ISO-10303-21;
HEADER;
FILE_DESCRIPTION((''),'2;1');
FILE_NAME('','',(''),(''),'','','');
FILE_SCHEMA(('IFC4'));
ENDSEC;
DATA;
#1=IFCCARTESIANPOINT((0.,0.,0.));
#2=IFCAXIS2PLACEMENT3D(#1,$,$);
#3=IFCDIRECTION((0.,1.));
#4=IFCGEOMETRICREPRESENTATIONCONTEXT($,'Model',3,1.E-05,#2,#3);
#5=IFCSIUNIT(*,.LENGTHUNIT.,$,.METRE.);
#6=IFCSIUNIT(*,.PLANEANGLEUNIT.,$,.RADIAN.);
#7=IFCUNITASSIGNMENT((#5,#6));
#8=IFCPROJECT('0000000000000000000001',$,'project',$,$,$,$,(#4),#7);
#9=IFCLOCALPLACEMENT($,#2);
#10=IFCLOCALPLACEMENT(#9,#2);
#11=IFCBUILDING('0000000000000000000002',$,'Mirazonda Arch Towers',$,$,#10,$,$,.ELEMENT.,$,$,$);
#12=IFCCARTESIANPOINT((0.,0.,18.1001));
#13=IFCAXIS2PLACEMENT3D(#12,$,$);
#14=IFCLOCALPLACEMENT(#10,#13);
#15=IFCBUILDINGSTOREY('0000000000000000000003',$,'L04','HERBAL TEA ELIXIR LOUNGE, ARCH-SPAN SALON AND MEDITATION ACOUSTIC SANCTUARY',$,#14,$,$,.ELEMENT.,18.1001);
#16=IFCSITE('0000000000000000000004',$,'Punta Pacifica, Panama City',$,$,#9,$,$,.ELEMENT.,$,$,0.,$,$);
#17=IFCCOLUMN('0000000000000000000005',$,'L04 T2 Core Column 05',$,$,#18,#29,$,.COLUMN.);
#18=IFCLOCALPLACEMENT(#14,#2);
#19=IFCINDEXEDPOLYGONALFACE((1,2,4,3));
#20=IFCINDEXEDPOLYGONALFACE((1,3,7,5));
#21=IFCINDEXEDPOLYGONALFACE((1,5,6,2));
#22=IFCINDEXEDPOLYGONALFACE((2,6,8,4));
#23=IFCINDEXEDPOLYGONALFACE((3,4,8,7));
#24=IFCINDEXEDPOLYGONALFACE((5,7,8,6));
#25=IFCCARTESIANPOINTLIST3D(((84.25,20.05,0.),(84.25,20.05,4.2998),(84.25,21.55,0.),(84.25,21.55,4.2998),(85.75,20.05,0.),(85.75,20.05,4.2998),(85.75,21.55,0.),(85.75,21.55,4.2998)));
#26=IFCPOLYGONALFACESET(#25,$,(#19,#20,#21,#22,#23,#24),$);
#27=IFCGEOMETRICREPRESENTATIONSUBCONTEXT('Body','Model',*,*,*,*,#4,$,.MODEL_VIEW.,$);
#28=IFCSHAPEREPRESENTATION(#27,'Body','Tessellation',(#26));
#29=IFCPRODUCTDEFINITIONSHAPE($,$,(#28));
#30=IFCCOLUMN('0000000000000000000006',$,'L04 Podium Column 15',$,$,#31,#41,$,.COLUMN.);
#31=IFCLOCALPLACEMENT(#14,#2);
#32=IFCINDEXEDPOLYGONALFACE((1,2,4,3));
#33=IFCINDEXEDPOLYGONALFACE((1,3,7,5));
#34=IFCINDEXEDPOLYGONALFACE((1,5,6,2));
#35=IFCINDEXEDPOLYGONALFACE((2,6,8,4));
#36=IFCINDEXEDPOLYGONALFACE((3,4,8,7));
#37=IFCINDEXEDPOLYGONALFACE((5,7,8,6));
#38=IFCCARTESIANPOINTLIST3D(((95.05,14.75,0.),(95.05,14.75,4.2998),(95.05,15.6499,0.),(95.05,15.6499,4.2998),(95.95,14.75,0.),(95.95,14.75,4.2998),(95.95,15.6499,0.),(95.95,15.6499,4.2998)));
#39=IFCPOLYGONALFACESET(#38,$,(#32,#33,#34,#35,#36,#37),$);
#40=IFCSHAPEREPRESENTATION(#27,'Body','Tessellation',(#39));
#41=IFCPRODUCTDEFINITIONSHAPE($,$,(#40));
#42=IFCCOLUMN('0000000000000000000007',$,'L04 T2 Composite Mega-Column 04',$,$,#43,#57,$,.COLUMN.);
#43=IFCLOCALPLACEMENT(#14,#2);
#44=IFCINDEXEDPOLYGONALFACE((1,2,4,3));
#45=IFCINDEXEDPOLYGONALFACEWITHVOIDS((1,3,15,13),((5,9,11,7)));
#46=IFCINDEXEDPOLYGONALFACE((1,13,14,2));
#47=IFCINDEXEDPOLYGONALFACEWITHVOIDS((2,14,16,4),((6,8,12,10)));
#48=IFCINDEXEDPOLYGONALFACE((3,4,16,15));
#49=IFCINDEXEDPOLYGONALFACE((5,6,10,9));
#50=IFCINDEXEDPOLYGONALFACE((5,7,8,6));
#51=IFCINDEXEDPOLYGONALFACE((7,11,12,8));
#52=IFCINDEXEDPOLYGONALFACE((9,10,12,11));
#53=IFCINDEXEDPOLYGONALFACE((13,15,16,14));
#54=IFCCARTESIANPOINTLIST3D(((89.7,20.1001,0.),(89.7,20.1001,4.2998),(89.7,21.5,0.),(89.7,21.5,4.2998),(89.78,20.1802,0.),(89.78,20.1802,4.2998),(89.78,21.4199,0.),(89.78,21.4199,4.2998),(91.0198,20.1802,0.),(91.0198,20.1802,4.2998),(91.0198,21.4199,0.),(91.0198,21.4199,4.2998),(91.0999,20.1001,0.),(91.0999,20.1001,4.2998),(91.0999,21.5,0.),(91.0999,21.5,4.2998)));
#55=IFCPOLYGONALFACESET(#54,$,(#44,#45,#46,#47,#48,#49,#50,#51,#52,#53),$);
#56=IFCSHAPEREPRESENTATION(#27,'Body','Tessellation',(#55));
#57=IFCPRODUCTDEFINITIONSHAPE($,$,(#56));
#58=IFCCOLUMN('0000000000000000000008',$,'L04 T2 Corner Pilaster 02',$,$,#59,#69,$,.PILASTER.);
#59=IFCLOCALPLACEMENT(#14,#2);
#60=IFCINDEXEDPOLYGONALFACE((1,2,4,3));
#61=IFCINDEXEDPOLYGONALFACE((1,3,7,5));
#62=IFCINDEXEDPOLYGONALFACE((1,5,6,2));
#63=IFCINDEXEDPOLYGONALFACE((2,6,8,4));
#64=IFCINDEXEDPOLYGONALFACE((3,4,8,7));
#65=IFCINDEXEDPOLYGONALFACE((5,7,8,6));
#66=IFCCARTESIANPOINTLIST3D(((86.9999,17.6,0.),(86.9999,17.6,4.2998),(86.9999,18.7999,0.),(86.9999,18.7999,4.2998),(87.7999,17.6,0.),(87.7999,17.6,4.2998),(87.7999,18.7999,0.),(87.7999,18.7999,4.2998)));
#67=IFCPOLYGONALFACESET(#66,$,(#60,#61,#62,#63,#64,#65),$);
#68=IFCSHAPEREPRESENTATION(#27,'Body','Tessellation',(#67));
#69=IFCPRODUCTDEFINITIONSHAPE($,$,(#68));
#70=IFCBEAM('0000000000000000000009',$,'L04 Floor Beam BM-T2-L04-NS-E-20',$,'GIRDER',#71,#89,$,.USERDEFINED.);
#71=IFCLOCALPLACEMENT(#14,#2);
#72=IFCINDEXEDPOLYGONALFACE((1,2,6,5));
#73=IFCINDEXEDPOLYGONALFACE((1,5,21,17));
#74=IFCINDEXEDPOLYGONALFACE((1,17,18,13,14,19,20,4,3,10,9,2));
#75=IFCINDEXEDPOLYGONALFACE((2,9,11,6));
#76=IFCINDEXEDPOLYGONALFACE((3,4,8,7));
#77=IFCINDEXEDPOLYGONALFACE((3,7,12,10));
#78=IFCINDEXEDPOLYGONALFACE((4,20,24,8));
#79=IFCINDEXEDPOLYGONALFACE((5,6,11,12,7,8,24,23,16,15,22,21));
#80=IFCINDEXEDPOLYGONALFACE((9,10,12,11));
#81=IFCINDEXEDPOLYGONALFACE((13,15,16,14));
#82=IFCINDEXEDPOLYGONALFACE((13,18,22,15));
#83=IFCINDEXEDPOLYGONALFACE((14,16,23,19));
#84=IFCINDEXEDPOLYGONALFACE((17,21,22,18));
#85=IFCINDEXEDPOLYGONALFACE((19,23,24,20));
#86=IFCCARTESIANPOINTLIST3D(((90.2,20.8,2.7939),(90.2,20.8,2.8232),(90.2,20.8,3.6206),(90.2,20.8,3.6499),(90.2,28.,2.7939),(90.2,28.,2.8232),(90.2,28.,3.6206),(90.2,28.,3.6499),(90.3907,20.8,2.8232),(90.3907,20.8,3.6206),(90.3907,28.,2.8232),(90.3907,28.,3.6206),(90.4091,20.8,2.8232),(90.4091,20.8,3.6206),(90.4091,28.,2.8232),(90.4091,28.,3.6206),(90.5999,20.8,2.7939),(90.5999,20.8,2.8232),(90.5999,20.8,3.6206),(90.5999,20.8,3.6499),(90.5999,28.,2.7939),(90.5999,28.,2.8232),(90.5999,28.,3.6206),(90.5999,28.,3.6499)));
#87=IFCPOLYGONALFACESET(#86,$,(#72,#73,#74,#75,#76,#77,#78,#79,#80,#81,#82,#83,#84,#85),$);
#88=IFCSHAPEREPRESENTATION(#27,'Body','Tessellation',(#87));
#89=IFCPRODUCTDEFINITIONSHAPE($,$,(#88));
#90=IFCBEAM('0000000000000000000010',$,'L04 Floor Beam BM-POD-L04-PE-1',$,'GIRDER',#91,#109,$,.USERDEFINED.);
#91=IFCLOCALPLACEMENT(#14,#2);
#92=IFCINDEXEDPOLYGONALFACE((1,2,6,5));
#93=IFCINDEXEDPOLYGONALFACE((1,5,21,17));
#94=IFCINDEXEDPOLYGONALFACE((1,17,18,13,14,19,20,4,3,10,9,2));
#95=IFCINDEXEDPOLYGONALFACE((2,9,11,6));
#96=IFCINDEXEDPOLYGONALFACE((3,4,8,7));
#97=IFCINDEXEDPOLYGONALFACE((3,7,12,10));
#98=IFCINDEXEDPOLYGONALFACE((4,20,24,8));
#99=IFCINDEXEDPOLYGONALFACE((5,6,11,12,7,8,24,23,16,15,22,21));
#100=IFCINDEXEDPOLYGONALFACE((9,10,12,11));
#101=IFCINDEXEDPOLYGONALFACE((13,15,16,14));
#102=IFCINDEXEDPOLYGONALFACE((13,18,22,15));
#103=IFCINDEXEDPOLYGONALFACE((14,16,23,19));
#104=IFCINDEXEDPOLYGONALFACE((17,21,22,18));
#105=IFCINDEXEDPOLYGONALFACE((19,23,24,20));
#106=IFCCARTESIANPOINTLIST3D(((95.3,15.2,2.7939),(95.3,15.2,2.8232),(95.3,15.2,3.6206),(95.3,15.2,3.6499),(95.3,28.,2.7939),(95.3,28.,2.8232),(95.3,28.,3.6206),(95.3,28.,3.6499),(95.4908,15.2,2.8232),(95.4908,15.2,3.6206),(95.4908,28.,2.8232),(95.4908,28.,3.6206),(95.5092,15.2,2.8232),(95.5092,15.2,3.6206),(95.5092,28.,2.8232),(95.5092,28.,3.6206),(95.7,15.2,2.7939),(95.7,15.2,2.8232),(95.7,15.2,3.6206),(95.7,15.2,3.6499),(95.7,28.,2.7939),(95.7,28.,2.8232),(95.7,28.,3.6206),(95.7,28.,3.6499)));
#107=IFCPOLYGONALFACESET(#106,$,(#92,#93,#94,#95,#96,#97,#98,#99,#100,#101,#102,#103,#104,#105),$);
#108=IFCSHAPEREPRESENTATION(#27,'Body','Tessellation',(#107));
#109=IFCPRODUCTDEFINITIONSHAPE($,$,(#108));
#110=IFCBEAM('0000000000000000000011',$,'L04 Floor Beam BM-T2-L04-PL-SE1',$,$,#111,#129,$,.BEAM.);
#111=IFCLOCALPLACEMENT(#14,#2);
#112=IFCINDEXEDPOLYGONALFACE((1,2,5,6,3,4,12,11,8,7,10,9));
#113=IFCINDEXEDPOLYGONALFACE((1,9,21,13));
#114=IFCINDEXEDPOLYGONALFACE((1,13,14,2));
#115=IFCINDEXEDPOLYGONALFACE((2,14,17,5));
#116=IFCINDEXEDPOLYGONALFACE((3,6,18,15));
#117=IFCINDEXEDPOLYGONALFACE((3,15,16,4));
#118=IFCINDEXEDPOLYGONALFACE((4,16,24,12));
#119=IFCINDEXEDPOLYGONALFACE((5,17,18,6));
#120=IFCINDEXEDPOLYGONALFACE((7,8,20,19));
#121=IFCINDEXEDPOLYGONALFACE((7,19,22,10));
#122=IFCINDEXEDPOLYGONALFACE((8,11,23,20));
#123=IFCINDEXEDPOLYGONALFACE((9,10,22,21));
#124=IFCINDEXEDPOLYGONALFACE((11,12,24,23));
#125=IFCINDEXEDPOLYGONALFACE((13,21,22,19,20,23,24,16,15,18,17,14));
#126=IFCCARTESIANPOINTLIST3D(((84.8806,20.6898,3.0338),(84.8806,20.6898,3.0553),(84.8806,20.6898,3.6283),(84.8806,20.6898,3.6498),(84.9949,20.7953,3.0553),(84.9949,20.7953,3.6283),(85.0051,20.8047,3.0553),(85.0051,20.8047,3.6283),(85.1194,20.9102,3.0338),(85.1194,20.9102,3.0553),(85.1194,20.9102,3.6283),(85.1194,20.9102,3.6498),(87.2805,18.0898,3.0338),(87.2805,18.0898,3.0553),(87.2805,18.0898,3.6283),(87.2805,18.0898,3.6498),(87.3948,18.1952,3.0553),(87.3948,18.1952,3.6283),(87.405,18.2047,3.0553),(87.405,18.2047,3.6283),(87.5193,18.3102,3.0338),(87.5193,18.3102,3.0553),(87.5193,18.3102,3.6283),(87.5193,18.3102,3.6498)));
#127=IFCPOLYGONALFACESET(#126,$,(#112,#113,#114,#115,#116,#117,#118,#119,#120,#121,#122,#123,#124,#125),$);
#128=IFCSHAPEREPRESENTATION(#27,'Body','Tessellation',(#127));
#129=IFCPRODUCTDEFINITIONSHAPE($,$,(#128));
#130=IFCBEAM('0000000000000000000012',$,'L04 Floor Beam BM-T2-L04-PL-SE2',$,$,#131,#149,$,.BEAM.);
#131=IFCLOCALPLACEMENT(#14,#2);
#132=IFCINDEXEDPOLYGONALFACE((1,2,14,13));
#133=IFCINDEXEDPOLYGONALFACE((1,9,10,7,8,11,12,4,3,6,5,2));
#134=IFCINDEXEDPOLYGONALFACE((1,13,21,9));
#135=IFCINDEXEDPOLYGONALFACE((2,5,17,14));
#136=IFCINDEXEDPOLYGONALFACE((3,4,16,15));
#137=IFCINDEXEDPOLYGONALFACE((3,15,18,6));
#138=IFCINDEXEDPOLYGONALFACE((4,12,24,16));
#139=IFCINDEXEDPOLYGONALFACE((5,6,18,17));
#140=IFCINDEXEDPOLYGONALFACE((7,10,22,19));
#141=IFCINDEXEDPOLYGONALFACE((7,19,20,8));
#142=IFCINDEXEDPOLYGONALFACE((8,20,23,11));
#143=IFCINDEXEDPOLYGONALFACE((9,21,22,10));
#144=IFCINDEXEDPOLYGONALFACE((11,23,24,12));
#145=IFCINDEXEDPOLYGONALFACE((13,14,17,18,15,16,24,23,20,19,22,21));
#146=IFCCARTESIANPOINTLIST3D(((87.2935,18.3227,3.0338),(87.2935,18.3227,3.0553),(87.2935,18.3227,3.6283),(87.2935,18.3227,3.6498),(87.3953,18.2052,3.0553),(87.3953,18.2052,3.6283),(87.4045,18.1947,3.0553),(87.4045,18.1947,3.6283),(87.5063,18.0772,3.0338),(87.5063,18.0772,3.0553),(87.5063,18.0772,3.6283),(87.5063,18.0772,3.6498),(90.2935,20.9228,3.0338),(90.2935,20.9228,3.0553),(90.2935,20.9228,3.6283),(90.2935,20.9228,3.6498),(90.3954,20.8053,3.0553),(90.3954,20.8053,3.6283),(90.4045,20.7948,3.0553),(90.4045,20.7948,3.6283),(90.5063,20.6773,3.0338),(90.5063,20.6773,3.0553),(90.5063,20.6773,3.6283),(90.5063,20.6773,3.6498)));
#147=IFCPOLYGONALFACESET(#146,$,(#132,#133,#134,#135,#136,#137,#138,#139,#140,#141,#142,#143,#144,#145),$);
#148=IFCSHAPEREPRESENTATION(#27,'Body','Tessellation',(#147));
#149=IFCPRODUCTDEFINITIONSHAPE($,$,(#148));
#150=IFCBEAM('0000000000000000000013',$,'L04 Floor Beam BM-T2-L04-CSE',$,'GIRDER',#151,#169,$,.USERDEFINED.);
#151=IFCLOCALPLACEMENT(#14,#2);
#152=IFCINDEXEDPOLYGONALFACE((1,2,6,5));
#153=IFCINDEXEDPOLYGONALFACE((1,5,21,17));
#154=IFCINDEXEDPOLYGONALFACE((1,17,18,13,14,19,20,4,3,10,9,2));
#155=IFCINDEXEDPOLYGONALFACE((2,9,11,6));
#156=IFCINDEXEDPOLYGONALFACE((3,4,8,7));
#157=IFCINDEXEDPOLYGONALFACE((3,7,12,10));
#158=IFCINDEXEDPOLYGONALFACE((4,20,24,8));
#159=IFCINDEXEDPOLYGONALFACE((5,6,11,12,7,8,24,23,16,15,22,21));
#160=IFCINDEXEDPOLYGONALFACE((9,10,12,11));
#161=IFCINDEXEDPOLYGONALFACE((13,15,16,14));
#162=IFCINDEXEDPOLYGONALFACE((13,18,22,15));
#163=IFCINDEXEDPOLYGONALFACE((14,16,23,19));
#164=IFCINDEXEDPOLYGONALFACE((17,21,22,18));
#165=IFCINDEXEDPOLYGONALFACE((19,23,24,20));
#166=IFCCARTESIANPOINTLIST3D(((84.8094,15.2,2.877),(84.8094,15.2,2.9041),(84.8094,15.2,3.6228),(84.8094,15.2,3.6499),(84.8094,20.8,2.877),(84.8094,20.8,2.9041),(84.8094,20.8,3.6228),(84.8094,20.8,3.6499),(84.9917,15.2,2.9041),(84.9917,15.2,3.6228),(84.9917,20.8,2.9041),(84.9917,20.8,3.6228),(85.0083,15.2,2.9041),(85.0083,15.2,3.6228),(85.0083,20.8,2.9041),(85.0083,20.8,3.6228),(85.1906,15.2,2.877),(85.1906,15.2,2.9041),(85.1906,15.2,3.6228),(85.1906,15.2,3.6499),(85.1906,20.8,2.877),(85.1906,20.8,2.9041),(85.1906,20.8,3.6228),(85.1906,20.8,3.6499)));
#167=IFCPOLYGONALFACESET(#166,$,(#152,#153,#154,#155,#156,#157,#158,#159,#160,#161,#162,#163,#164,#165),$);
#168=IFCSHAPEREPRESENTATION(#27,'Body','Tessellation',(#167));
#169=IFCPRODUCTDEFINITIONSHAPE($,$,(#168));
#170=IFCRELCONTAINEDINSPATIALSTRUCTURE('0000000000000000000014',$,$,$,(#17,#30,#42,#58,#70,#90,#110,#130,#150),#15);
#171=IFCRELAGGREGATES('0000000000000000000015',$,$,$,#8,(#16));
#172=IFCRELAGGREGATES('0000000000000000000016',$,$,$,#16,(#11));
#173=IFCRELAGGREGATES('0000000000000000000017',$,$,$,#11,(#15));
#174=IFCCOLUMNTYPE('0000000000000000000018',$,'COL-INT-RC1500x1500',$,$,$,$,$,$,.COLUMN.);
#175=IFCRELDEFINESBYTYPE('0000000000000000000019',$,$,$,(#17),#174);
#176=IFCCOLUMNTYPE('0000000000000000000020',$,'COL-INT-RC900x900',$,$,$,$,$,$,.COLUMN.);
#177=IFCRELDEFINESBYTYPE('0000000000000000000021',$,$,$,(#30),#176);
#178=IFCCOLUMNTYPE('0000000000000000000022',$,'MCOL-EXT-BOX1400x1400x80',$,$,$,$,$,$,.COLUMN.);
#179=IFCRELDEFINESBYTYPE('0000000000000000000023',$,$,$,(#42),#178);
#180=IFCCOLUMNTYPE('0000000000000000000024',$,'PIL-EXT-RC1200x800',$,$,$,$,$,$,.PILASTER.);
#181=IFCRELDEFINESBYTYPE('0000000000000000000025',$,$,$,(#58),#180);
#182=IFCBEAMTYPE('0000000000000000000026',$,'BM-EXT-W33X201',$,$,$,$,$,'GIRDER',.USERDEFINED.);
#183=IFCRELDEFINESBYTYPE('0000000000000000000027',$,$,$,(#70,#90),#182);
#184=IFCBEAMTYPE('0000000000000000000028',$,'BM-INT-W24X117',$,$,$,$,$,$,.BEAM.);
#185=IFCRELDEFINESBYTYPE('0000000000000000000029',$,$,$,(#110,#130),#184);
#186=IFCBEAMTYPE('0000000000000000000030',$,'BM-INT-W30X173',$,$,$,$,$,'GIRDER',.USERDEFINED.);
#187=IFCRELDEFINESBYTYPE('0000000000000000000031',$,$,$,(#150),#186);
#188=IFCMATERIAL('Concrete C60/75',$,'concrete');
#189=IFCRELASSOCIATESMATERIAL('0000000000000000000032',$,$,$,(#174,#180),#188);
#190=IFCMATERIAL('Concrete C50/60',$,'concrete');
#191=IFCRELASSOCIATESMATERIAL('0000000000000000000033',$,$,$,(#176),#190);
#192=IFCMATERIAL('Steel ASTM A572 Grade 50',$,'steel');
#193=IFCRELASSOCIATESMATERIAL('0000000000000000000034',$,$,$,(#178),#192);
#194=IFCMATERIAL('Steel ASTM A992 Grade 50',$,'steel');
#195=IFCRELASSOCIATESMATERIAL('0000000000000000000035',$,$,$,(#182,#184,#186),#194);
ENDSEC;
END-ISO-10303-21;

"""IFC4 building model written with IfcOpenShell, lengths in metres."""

from ifc_helpers import new_model, si_unit, direction, frame, origin, origin_2d, place, context, subcontext, project, spatial, rectangle, hollow_rectangle, i_section, extrude, material, material_profile, profile_set, type_object, element, save


model = new_model("IFC4")

# Units and contexts
model_context = context("Model", 3, precision=1e-05, world=origin(), true_north=direction((0.0, 1.0)))
body_context = subcontext(model_context, "Body", "Model", "MODEL_VIEW")
ifc_project = project(units=[si_unit("LENGTHUNIT", "METRE"), si_unit("PLANEANGLEUNIT", "RADIAN")], contexts=[model_context])

# Site, building, storey
site_placement = place(None, origin())
site = spatial("IfcSite", under=ifc_project, at=site_placement, Name="Punta Pacifica, Panama City", CompositionType="ELEMENT", RefElevation=0.0)
building_placement = place(site_placement, origin())
building = spatial("IfcBuilding", under=site, at=building_placement, Name="Mirazonda Arch Towers", CompositionType="ELEMENT")
storey_placement = place(building_placement, frame((0.0, 0.0, 18.1001)))
storey = spatial("IfcBuildingStorey", under=building, at=storey_placement, Name="L04", Description="HERBAL TEA ELIXIR LOUNGE, ARCH-SPAN SALON AND MEDITATION ACOUSTIC SANCTUARY", CompositionType="ELEMENT", Elevation=18.1001)

# Columns
ifc_material_1 = material(Name="Concrete C60/75", Category="concrete")
ifc_material_profile_1 = material_profile(ifc_material_1, rectangle(XDim=1.5, YDim=1.5, at=origin_2d()), Name="RC1500x1500")
ifc_profile_set_1 = profile_set([ifc_material_profile_1], Name="Concrete C60/75")
column_type_1 = type_object("IfcColumnType", Name="COL-INT-RC1500x1500", PredefinedType="COLUMN", material=ifc_profile_set_1)
column_1_placement = place(storey_placement, frame((85.0, 20.8, 0.0), z_axis=(0.0, 0.0, 1.0), x_axis=(1.0, 0.0, 0.0)))
element("IfcColumn", 1, at=column_1_placement, inside=storey, type_object=column_type_1, Name="L04 T2 Core Column 05", PredefinedType="COLUMN", context=body_context, shape_type="SweptSolid", body=[
    extrude(rectangle(XDim=1.5, YDim=1.5, at=origin_2d()), origin(), (0.0, 0.0, 1.0), 4.2998),
])
ifc_material_2 = material(Name="Concrete C50/60", Category="concrete")
ifc_material_profile_2 = material_profile(ifc_material_2, rectangle(XDim=0.8999, YDim=0.8999, at=origin_2d()), Name="RC900x900")
ifc_profile_set_2 = profile_set([ifc_material_profile_2], Name="Concrete C50/60")
column_type_2 = type_object("IfcColumnType", Name="COL-INT-RC900x900", PredefinedType="COLUMN", material=ifc_profile_set_2)
column_2_placement = place(storey_placement, frame((95.5, 15.2, 0.0), z_axis=(0.0, 0.0, 1.0), x_axis=(1.0, 0.0, 0.0)))
element("IfcColumn", 2, at=column_2_placement, inside=storey, type_object=column_type_2, Name="L04 Podium Column 15", PredefinedType="COLUMN", context=body_context, shape_type="SweptSolid", body=[
    extrude(rectangle(XDim=0.8999, YDim=0.8999, at=origin_2d()), origin(), (0.0, 0.0, 1.0), 4.2998),
])
ifc_material_3 = material(Name="Steel ASTM A572 Grade 50", Category="steel")
ifc_material_profile_3 = material_profile(ifc_material_3, hollow_rectangle(XDim=1.3999, YDim=1.3999, WallThickness=0.0801, at=origin_2d()), Name="BOX1400x1400x80")
ifc_profile_set_3 = profile_set([ifc_material_profile_3], Name="Steel ASTM A572 Grade 50")
column_type_3 = type_object("IfcColumnType", Name="MCOL-EXT-BOX1400x1400x80", PredefinedType="COLUMN", material=ifc_profile_set_3)
column_3_placement = place(storey_placement, frame((90.3999, 20.8, 0.0), z_axis=(0.0, 0.0, 1.0), x_axis=(1.0, 0.0, 0.0)))
element("IfcColumn", 3, at=column_3_placement, inside=storey, type_object=column_type_3, Name="L04 T2 Composite Mega-Column 04", PredefinedType="COLUMN", context=body_context, shape_type="SweptSolid", body=[
    extrude(hollow_rectangle(XDim=1.3999, YDim=1.3999, WallThickness=0.0801, at=origin_2d()), origin(), (0.0, 0.0, 1.0), 4.2998),
])
ifc_material_profile_4 = material_profile(ifc_material_1, rectangle(XDim=0.8, YDim=1.2, at=origin_2d()), Name="RC1200x800")
ifc_profile_set_4 = profile_set([ifc_material_profile_4], Name="Concrete C60/75")
column_type_4 = type_object("IfcColumnType", Name="PIL-EXT-RC1200x800", PredefinedType="PILASTER", material=ifc_profile_set_4)
column_4_placement = place(storey_placement, frame((87.3999, 18.2, 0.0), z_axis=(0.0, 0.0, 1.0), x_axis=(1.0, 0.0, 0.0)))
element("IfcColumn", 4, at=column_4_placement, inside=storey, type_object=column_type_4, Name="L04 T2 Corner Pilaster 02", PredefinedType="PILASTER", context=body_context, shape_type="SweptSolid", body=[
    extrude(rectangle(XDim=0.8, YDim=1.2, at=origin_2d()), origin(), (0.0, 0.0, 1.0), 4.2998),
])

# Beams
ifc_material_4 = material(Name="Steel ASTM A992 Grade 50", Category="steel")
ifc_material_profile_5 = material_profile(ifc_material_4, i_section(OverallWidth=0.3999, OverallDepth=0.856, WebThickness=0.0183, FlangeThickness=0.0293, at=origin_2d()), Name="W33X201")
ifc_profile_set_5 = profile_set([ifc_material_profile_5], Name="Steel ASTM A992 Grade 50")
beam_type_1 = type_object("IfcBeamType", Name="BM-EXT-W33X201", ElementType="GIRDER", PredefinedType="USERDEFINED", material=ifc_profile_set_5)
beam_1_placement = place(storey_placement, frame((90.3999, 20.8, 3.2219), z_axis=(0.0, 1.0, 0.0), x_axis=(-1.0, 0.0, 0.0)))
element("IfcBeam", 5, at=beam_1_placement, inside=storey, type_object=beam_type_1, Name="L04 Floor Beam BM-T2-L04-NS-E-20", ObjectType="GIRDER", PredefinedType="USERDEFINED", context=body_context, shape_type="SweptSolid", body=[
    extrude(i_section(OverallWidth=0.3999, OverallDepth=0.856, WebThickness=0.0183, FlangeThickness=0.0293, at=origin_2d()), origin(), (0.0, 0.0, 1.0), 7.2),
])
beam_2_placement = place(storey_placement, frame((95.5, 15.2, 3.2219), z_axis=(0.0, 1.0, 0.0), x_axis=(-1.0, 0.0, 0.0)))
element("IfcBeam", 6, at=beam_2_placement, inside=storey, type_object=beam_type_1, Name="L04 Floor Beam BM-POD-L04-PE-1", ObjectType="GIRDER", PredefinedType="USERDEFINED", context=body_context, shape_type="SweptSolid", body=[
    extrude(i_section(OverallWidth=0.3999, OverallDepth=0.856, WebThickness=0.0183, FlangeThickness=0.0293, at=origin_2d()), origin(), (0.0, 0.0, 1.0), 12.8),
])
ifc_material_profile_6 = material_profile(ifc_material_4, i_section(OverallWidth=0.325, OverallDepth=0.616, WebThickness=0.0139, FlangeThickness=0.0215, at=origin_2d()), Name="W24X117")
ifc_profile_set_6 = profile_set([ifc_material_profile_6], Name="Steel ASTM A992 Grade 50")
beam_type_2 = type_object("IfcBeamType", Name="BM-INT-W24X117", PredefinedType="BEAM", material=ifc_profile_set_6)
beam_3_placement = place(storey_placement, frame((87.3999, 18.2, 3.3418), z_axis=(-0.678251, 0.73483, 0.0), x_axis=(-0.73483, -0.678251, 0.0)))
element("IfcBeam", 7, at=beam_3_placement, inside=storey, type_object=beam_type_2, Name="L04 Floor Beam BM-T2-L04-PL-SE1", PredefinedType="BEAM", context=body_context, shape_type="SweptSolid", body=[
    extrude(i_section(OverallWidth=0.325, OverallDepth=0.616, WebThickness=0.0139, FlangeThickness=0.0215, at=origin_2d()), origin(), (0.0, 0.0, 1.0), 3.5383),
])
beam_4_placement = place(storey_placement, frame((87.3999, 18.2, 3.3418), z_axis=(0.755677, 0.654945, 0.0), x_axis=(-0.654945, 0.755677, 0.0)))
element("IfcBeam", 8, at=beam_4_placement, inside=storey, type_object=beam_type_2, Name="L04 Floor Beam BM-T2-L04-PL-SE2", PredefinedType="BEAM", context=body_context, shape_type="SweptSolid", body=[
    extrude(i_section(OverallWidth=0.325, OverallDepth=0.616, WebThickness=0.0139, FlangeThickness=0.0215, at=origin_2d()), origin(), (0.0, 0.0, 1.0), 3.97),
])
ifc_material_profile_7 = material_profile(ifc_material_4, i_section(OverallWidth=0.3811, OverallDepth=0.7729, WebThickness=0.0166, FlangeThickness=0.0271, at=origin_2d()), Name="W30X173")
ifc_profile_set_7 = profile_set([ifc_material_profile_7], Name="Steel ASTM A992 Grade 50")
beam_type_3 = type_object("IfcBeamType", Name="BM-INT-W30X173", ElementType="GIRDER", PredefinedType="USERDEFINED", material=ifc_profile_set_7)
beam_5_placement = place(storey_placement, frame((85.0, 15.2, 3.2634), z_axis=(0.0, 1.0, 0.0), x_axis=(-1.0, 0.0, 0.0)))
element("IfcBeam", 9, at=beam_5_placement, inside=storey, type_object=beam_type_3, Name="L04 Floor Beam BM-T2-L04-CSE", ObjectType="GIRDER", PredefinedType="USERDEFINED", context=body_context, shape_type="SweptSolid", body=[
    extrude(i_section(OverallWidth=0.3811, OverallDepth=0.7729, WebThickness=0.0166, FlangeThickness=0.0271, at=origin_2d()), origin(), (0.0, 0.0, 1.0), 5.6001),
])

save(model, "model.ifc")
